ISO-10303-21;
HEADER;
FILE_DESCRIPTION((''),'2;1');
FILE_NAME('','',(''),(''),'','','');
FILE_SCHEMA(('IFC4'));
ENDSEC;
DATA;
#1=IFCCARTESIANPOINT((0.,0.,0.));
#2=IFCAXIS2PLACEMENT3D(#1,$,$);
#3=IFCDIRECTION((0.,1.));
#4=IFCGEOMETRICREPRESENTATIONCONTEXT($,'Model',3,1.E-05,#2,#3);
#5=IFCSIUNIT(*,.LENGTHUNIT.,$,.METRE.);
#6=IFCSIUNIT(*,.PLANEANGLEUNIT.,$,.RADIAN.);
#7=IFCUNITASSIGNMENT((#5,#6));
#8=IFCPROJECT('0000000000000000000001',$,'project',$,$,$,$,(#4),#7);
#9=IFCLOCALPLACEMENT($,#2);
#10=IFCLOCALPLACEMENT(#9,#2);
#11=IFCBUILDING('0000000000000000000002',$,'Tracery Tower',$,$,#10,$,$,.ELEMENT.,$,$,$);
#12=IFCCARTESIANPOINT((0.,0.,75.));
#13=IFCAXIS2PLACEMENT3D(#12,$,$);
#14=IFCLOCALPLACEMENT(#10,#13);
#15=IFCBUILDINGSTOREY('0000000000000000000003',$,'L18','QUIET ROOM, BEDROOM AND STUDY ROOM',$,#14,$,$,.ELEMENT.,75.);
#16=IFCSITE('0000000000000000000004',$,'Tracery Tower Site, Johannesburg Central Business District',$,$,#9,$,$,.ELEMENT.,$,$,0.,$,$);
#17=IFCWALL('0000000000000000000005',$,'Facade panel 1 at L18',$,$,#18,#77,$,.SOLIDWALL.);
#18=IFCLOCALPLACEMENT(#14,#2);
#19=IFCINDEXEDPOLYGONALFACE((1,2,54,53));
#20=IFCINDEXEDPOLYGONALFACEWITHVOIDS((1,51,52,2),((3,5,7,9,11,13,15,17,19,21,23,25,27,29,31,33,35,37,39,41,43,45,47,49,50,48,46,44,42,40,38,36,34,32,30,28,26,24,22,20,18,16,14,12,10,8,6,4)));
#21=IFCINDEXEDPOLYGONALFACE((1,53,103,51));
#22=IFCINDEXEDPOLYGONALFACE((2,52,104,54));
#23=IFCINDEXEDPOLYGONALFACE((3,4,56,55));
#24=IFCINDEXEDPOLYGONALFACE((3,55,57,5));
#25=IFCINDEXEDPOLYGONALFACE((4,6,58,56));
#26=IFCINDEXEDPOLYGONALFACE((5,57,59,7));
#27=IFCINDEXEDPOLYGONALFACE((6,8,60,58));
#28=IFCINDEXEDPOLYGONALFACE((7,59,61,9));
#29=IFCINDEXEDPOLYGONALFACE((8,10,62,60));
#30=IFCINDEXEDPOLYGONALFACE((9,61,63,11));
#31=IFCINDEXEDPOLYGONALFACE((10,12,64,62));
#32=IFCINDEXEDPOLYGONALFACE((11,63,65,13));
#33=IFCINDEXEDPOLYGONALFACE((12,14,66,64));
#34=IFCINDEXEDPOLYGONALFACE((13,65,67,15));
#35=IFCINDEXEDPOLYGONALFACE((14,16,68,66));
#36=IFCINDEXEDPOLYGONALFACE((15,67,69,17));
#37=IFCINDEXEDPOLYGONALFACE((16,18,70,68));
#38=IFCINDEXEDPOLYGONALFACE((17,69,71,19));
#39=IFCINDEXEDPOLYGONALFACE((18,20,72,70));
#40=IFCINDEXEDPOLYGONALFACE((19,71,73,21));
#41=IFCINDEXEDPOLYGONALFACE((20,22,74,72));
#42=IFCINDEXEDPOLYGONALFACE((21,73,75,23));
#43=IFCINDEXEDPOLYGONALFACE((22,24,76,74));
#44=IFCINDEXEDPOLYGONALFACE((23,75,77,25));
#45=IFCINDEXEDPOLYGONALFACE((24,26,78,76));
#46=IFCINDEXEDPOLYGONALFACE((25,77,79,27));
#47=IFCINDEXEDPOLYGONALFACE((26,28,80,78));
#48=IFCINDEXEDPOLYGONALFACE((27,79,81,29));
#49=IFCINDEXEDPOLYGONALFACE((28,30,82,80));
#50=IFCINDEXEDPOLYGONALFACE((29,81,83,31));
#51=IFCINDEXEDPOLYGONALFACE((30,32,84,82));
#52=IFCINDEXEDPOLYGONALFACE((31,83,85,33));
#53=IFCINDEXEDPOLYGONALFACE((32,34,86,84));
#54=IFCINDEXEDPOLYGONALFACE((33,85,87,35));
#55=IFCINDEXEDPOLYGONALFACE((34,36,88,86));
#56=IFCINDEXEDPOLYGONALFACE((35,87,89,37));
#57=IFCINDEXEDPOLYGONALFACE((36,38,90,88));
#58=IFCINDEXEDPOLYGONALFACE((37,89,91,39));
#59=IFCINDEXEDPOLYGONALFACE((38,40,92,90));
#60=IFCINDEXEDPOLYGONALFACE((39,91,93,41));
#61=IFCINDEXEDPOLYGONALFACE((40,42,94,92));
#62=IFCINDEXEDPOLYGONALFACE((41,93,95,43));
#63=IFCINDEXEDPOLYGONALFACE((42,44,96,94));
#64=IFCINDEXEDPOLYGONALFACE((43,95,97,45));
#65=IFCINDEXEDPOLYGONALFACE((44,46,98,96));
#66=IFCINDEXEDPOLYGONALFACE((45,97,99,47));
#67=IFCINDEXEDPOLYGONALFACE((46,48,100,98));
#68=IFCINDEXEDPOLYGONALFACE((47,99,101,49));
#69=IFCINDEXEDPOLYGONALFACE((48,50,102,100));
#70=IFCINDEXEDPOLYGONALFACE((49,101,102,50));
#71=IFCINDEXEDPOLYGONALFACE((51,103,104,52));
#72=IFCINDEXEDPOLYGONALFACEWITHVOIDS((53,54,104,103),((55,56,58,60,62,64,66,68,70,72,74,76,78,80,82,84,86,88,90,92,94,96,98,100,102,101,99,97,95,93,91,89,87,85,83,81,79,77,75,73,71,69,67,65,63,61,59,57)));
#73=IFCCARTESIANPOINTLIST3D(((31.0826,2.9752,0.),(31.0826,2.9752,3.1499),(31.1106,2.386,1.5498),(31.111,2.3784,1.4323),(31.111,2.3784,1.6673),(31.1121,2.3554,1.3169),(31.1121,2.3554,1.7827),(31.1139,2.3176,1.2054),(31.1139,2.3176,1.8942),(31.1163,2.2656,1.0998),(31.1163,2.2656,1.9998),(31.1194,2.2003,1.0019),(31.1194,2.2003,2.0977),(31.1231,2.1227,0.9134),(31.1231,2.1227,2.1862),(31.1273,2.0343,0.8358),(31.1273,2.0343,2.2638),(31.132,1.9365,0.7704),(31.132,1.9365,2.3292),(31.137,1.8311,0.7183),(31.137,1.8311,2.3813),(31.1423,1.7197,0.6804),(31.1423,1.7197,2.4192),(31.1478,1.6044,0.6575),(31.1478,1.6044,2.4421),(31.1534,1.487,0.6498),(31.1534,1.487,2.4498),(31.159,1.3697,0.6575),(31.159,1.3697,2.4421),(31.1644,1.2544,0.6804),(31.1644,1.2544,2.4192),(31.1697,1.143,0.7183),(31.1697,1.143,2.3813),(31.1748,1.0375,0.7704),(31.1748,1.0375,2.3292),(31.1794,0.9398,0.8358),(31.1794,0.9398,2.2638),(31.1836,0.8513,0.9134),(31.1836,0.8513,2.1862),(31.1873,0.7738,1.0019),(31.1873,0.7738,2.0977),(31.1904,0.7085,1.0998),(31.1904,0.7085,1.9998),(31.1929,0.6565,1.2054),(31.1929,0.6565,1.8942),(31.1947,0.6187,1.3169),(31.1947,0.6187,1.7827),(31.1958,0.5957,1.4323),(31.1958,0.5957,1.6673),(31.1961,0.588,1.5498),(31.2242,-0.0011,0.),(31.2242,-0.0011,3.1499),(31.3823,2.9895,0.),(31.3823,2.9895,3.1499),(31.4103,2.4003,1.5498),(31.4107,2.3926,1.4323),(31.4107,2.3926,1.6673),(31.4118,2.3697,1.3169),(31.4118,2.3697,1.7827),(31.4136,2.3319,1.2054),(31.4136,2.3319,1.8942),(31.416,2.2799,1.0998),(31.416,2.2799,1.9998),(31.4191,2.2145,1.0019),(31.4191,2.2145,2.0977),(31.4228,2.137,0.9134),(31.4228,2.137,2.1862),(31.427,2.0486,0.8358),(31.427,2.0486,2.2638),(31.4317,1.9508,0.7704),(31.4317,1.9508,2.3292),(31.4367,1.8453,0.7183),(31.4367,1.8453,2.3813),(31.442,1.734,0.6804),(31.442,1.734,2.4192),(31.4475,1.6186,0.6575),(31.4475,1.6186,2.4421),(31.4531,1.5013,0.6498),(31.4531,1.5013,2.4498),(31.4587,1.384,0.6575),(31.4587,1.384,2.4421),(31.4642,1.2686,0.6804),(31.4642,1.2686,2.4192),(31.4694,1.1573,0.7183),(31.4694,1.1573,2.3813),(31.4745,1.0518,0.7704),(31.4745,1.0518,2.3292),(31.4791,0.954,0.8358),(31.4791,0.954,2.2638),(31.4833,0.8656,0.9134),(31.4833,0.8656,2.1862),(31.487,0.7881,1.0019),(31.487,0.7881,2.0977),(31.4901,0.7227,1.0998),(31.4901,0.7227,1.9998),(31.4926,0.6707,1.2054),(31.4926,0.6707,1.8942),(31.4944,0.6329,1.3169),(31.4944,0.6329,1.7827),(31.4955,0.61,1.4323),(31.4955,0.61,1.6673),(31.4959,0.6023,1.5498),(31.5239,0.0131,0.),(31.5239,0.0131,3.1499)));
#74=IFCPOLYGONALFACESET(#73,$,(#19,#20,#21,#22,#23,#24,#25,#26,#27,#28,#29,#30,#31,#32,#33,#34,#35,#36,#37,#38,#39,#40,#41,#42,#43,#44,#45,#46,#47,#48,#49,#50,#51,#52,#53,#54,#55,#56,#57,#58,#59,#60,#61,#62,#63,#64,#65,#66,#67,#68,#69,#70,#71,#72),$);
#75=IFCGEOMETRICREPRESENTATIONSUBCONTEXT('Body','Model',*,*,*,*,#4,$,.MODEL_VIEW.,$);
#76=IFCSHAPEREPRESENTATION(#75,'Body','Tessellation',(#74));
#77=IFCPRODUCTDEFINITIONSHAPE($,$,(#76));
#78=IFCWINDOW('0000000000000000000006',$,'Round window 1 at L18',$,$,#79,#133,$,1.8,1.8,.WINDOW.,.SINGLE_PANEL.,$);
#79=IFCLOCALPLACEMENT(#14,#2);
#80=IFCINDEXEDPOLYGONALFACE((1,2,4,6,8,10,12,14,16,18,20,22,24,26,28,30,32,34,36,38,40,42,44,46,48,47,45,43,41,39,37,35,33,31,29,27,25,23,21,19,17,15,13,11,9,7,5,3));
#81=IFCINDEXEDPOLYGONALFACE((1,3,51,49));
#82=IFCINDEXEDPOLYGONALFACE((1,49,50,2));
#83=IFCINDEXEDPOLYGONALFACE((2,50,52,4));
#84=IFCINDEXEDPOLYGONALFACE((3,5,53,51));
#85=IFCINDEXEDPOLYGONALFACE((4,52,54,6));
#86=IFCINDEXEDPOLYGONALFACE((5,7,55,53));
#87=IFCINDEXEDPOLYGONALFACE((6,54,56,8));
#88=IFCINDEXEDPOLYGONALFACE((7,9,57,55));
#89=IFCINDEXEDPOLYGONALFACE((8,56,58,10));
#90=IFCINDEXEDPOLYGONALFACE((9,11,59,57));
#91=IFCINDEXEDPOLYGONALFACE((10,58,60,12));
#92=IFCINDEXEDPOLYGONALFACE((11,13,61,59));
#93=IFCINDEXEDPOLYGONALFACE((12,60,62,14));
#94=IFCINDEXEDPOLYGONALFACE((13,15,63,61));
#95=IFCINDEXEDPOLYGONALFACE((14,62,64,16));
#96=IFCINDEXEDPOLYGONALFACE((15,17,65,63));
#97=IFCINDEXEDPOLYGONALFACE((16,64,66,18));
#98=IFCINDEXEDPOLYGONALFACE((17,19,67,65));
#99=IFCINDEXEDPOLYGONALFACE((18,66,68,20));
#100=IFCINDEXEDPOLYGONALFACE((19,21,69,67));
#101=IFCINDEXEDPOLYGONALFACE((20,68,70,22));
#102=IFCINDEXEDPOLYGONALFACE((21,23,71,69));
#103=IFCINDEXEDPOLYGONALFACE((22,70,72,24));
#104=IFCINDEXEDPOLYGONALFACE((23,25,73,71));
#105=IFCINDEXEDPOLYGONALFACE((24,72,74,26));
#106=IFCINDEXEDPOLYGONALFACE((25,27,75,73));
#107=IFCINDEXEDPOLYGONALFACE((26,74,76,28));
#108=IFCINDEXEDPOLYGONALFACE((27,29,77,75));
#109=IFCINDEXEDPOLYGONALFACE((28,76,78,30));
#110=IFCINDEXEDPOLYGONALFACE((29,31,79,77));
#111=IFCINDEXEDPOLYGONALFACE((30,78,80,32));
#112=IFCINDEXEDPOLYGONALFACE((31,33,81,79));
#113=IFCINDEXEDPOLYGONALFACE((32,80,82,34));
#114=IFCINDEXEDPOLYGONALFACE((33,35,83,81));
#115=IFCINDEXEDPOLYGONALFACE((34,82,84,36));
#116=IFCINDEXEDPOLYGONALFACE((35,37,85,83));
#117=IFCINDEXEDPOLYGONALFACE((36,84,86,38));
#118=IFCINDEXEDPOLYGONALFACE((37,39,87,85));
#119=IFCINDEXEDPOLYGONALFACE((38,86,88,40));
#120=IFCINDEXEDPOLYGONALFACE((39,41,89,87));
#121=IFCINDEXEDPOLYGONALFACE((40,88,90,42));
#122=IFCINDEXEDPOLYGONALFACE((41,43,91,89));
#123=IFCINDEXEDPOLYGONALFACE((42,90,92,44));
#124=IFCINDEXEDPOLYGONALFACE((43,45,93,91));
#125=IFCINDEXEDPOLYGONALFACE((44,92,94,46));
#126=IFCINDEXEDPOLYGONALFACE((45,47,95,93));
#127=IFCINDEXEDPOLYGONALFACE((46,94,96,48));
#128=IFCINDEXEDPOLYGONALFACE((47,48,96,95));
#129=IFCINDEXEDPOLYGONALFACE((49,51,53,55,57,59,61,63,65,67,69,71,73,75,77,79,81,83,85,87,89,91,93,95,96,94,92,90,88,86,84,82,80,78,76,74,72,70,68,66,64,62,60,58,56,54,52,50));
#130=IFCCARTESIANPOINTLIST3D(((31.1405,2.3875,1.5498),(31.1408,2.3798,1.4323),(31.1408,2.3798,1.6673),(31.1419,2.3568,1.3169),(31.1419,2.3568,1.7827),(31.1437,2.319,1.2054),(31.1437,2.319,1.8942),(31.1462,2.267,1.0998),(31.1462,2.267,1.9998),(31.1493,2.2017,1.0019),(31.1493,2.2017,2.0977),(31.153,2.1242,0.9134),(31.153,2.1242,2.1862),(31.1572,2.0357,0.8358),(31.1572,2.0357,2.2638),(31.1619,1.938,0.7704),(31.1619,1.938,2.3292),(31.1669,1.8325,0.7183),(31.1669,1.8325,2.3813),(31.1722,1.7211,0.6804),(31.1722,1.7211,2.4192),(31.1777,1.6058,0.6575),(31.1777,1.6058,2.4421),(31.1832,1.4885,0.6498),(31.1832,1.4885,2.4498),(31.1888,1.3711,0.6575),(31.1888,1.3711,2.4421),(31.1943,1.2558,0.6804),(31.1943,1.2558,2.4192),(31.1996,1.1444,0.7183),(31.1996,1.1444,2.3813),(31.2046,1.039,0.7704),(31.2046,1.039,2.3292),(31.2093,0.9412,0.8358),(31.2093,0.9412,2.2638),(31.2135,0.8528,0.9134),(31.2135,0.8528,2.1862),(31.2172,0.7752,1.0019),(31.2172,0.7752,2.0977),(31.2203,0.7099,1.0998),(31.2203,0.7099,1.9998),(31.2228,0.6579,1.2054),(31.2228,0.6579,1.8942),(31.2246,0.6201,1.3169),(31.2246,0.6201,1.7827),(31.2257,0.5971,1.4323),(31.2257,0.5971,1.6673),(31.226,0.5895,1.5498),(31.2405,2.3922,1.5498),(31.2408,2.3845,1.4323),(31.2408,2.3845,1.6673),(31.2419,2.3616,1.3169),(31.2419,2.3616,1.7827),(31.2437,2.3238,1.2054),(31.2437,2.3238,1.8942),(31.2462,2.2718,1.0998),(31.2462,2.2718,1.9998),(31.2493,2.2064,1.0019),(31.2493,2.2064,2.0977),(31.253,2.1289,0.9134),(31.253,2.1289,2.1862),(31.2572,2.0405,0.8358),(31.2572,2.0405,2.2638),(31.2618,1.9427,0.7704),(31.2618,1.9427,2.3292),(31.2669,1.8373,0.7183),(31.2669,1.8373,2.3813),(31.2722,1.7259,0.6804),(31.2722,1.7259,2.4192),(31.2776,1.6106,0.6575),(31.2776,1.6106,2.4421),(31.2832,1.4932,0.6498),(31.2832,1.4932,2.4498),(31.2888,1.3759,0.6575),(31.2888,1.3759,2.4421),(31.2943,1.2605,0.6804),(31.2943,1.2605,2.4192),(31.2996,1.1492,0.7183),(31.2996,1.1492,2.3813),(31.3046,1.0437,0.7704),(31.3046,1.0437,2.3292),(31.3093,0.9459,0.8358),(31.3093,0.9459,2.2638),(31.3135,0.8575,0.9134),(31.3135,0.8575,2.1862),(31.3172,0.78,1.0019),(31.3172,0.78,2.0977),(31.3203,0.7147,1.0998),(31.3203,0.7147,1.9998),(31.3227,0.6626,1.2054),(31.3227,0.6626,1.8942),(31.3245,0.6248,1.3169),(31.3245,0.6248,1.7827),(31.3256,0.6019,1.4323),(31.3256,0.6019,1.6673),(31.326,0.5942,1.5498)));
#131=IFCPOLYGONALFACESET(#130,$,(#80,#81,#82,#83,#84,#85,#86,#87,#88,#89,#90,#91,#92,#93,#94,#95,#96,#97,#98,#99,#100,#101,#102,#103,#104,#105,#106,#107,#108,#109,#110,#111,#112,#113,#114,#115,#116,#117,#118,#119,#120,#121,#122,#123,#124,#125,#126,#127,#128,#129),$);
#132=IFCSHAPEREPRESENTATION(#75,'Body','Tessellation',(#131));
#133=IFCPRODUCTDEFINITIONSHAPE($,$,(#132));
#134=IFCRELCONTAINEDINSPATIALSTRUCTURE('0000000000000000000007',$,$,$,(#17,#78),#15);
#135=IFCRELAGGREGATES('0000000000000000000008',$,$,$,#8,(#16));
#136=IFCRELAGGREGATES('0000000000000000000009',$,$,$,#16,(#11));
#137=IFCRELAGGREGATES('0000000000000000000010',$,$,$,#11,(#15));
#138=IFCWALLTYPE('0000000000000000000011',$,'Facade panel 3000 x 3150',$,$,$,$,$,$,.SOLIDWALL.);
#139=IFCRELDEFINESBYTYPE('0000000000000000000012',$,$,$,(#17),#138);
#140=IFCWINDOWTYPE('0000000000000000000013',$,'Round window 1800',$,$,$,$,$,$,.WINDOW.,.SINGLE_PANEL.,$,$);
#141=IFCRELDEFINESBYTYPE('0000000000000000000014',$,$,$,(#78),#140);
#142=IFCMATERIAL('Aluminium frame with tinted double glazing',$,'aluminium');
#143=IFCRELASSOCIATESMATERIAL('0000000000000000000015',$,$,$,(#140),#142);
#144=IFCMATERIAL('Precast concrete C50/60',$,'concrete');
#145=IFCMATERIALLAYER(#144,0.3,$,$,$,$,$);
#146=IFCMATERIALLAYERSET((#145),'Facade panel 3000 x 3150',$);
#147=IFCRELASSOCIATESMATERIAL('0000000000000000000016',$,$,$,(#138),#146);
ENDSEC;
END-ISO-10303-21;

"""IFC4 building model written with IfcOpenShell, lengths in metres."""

from ifc_helpers import new_model, si_unit, direction, frame, frame_2d, origin, origin_2d, place, context, subcontext, project, spatial, rectangle, circle, extrude, material, layer, layer_set, type_object, element, fill, save


model = new_model("IFC4")

# Units and contexts
model_context = context("Model", 3, precision=1e-05, world=origin(), true_north=direction((0.0, 1.0)))
body_context = subcontext(model_context, "Body", "Model", "MODEL_VIEW")
ifc_project = project(units=[si_unit("LENGTHUNIT", "METRE"), si_unit("PLANEANGLEUNIT", "RADIAN")], contexts=[model_context])

# Site, building, storey
site_placement = place(None, origin())
site = spatial("IfcSite", under=ifc_project, at=site_placement, Name="Tracery Tower Site, Johannesburg Central Business District", CompositionType="ELEMENT", RefElevation=0.0)
building_placement = place(site_placement, origin())
building = spatial("IfcBuilding", under=site, at=building_placement, Name="Tracery Tower", CompositionType="ELEMENT")
storey_placement = place(building_placement, frame((0.0, 0.0, 75.0)))
storey = spatial("IfcBuildingStorey", under=building, at=storey_placement, Name="L18", Description="QUIET ROOM, BEDROOM AND STUDY ROOM", CompositionType="ELEMENT", Elevation=75.0)

# Wall, opening, window
ifc_material_1 = material(Name="Aluminium frame with tinted double glazing", Category="aluminium")
window_type = type_object("IfcWindowType", Name="Round window 1800", PartitioningType="SINGLE_PANEL", PredefinedType="WINDOW", material=ifc_material_1)
ifc_material_2 = material(Name="Precast concrete C50/60", Category="concrete")
ifc_layer_1 = layer(ifc_material_2, 0.3)
ifc_layer_set_1 = layer_set([ifc_layer_1], Name="Facade panel 3000 x 3150")
wall_type_1 = type_object("IfcWallType", Name="Facade panel 3000 x 3150", PredefinedType="SOLIDWALL", material=ifc_layer_set_1)
wall_1_placement = place(storey_placement, frame((31.374, 0.0061, 0.0), z_axis=(0.0, 0.0, 1.0), x_axis=(-0.047522, 0.99887, 0.0)))
wall_1 = element("IfcWall", 1, at=wall_1_placement, inside=storey, type_object=wall_type_1, Name="Facade panel 1 at L18", PredefinedType="SOLIDWALL", context=body_context, shape_type="SweptSolid", body=[
    extrude(rectangle(XDim=2.9797, YDim=0.3, at=frame_2d((1.4897, 0.0))), origin(), (0.0, 0.0, 1.0), 3.1499),
])
opening_1_placement = place(wall_1_placement, frame((1.4897, 0.0, 1.5498)))
opening_1 = element("IfcOpeningElement", 2, at=opening_1_placement, cuts=wall_1, PredefinedType="OPENING", context=body_context, shape_type="SweptSolid", body=[
    extrude(circle(Radius=0.9, at=origin_2d()), frame((0.0, 0.1599, 0.0), z_axis=(0.0, -1.0, 0.0), x_axis=(1.0, 0.0, 0.0)), (0.0, 0.0, 1.0), 0.3201),
])
window_1_placement = place(opening_1_placement, origin())
window_1 = element("IfcWindow", 3, at=window_1_placement, inside=storey, type_object=window_type, Name="Round window 1 at L18", OverallHeight=1.8, OverallWidth=1.8, PartitioningType="SINGLE_PANEL", PredefinedType="WINDOW", context=body_context, shape_type="SweptSolid", body=[
    extrude(circle(Radius=0.9, at=origin_2d()), frame((0.0, 0.1201, 0.0), z_axis=(0.0, -1.0, 0.0), x_axis=(1.0, 0.0, 0.0)), (0.0, 0.0, 1.0), 0.1001),
])
fill(opening_1, window_1)

save(model, "model.ifc")
